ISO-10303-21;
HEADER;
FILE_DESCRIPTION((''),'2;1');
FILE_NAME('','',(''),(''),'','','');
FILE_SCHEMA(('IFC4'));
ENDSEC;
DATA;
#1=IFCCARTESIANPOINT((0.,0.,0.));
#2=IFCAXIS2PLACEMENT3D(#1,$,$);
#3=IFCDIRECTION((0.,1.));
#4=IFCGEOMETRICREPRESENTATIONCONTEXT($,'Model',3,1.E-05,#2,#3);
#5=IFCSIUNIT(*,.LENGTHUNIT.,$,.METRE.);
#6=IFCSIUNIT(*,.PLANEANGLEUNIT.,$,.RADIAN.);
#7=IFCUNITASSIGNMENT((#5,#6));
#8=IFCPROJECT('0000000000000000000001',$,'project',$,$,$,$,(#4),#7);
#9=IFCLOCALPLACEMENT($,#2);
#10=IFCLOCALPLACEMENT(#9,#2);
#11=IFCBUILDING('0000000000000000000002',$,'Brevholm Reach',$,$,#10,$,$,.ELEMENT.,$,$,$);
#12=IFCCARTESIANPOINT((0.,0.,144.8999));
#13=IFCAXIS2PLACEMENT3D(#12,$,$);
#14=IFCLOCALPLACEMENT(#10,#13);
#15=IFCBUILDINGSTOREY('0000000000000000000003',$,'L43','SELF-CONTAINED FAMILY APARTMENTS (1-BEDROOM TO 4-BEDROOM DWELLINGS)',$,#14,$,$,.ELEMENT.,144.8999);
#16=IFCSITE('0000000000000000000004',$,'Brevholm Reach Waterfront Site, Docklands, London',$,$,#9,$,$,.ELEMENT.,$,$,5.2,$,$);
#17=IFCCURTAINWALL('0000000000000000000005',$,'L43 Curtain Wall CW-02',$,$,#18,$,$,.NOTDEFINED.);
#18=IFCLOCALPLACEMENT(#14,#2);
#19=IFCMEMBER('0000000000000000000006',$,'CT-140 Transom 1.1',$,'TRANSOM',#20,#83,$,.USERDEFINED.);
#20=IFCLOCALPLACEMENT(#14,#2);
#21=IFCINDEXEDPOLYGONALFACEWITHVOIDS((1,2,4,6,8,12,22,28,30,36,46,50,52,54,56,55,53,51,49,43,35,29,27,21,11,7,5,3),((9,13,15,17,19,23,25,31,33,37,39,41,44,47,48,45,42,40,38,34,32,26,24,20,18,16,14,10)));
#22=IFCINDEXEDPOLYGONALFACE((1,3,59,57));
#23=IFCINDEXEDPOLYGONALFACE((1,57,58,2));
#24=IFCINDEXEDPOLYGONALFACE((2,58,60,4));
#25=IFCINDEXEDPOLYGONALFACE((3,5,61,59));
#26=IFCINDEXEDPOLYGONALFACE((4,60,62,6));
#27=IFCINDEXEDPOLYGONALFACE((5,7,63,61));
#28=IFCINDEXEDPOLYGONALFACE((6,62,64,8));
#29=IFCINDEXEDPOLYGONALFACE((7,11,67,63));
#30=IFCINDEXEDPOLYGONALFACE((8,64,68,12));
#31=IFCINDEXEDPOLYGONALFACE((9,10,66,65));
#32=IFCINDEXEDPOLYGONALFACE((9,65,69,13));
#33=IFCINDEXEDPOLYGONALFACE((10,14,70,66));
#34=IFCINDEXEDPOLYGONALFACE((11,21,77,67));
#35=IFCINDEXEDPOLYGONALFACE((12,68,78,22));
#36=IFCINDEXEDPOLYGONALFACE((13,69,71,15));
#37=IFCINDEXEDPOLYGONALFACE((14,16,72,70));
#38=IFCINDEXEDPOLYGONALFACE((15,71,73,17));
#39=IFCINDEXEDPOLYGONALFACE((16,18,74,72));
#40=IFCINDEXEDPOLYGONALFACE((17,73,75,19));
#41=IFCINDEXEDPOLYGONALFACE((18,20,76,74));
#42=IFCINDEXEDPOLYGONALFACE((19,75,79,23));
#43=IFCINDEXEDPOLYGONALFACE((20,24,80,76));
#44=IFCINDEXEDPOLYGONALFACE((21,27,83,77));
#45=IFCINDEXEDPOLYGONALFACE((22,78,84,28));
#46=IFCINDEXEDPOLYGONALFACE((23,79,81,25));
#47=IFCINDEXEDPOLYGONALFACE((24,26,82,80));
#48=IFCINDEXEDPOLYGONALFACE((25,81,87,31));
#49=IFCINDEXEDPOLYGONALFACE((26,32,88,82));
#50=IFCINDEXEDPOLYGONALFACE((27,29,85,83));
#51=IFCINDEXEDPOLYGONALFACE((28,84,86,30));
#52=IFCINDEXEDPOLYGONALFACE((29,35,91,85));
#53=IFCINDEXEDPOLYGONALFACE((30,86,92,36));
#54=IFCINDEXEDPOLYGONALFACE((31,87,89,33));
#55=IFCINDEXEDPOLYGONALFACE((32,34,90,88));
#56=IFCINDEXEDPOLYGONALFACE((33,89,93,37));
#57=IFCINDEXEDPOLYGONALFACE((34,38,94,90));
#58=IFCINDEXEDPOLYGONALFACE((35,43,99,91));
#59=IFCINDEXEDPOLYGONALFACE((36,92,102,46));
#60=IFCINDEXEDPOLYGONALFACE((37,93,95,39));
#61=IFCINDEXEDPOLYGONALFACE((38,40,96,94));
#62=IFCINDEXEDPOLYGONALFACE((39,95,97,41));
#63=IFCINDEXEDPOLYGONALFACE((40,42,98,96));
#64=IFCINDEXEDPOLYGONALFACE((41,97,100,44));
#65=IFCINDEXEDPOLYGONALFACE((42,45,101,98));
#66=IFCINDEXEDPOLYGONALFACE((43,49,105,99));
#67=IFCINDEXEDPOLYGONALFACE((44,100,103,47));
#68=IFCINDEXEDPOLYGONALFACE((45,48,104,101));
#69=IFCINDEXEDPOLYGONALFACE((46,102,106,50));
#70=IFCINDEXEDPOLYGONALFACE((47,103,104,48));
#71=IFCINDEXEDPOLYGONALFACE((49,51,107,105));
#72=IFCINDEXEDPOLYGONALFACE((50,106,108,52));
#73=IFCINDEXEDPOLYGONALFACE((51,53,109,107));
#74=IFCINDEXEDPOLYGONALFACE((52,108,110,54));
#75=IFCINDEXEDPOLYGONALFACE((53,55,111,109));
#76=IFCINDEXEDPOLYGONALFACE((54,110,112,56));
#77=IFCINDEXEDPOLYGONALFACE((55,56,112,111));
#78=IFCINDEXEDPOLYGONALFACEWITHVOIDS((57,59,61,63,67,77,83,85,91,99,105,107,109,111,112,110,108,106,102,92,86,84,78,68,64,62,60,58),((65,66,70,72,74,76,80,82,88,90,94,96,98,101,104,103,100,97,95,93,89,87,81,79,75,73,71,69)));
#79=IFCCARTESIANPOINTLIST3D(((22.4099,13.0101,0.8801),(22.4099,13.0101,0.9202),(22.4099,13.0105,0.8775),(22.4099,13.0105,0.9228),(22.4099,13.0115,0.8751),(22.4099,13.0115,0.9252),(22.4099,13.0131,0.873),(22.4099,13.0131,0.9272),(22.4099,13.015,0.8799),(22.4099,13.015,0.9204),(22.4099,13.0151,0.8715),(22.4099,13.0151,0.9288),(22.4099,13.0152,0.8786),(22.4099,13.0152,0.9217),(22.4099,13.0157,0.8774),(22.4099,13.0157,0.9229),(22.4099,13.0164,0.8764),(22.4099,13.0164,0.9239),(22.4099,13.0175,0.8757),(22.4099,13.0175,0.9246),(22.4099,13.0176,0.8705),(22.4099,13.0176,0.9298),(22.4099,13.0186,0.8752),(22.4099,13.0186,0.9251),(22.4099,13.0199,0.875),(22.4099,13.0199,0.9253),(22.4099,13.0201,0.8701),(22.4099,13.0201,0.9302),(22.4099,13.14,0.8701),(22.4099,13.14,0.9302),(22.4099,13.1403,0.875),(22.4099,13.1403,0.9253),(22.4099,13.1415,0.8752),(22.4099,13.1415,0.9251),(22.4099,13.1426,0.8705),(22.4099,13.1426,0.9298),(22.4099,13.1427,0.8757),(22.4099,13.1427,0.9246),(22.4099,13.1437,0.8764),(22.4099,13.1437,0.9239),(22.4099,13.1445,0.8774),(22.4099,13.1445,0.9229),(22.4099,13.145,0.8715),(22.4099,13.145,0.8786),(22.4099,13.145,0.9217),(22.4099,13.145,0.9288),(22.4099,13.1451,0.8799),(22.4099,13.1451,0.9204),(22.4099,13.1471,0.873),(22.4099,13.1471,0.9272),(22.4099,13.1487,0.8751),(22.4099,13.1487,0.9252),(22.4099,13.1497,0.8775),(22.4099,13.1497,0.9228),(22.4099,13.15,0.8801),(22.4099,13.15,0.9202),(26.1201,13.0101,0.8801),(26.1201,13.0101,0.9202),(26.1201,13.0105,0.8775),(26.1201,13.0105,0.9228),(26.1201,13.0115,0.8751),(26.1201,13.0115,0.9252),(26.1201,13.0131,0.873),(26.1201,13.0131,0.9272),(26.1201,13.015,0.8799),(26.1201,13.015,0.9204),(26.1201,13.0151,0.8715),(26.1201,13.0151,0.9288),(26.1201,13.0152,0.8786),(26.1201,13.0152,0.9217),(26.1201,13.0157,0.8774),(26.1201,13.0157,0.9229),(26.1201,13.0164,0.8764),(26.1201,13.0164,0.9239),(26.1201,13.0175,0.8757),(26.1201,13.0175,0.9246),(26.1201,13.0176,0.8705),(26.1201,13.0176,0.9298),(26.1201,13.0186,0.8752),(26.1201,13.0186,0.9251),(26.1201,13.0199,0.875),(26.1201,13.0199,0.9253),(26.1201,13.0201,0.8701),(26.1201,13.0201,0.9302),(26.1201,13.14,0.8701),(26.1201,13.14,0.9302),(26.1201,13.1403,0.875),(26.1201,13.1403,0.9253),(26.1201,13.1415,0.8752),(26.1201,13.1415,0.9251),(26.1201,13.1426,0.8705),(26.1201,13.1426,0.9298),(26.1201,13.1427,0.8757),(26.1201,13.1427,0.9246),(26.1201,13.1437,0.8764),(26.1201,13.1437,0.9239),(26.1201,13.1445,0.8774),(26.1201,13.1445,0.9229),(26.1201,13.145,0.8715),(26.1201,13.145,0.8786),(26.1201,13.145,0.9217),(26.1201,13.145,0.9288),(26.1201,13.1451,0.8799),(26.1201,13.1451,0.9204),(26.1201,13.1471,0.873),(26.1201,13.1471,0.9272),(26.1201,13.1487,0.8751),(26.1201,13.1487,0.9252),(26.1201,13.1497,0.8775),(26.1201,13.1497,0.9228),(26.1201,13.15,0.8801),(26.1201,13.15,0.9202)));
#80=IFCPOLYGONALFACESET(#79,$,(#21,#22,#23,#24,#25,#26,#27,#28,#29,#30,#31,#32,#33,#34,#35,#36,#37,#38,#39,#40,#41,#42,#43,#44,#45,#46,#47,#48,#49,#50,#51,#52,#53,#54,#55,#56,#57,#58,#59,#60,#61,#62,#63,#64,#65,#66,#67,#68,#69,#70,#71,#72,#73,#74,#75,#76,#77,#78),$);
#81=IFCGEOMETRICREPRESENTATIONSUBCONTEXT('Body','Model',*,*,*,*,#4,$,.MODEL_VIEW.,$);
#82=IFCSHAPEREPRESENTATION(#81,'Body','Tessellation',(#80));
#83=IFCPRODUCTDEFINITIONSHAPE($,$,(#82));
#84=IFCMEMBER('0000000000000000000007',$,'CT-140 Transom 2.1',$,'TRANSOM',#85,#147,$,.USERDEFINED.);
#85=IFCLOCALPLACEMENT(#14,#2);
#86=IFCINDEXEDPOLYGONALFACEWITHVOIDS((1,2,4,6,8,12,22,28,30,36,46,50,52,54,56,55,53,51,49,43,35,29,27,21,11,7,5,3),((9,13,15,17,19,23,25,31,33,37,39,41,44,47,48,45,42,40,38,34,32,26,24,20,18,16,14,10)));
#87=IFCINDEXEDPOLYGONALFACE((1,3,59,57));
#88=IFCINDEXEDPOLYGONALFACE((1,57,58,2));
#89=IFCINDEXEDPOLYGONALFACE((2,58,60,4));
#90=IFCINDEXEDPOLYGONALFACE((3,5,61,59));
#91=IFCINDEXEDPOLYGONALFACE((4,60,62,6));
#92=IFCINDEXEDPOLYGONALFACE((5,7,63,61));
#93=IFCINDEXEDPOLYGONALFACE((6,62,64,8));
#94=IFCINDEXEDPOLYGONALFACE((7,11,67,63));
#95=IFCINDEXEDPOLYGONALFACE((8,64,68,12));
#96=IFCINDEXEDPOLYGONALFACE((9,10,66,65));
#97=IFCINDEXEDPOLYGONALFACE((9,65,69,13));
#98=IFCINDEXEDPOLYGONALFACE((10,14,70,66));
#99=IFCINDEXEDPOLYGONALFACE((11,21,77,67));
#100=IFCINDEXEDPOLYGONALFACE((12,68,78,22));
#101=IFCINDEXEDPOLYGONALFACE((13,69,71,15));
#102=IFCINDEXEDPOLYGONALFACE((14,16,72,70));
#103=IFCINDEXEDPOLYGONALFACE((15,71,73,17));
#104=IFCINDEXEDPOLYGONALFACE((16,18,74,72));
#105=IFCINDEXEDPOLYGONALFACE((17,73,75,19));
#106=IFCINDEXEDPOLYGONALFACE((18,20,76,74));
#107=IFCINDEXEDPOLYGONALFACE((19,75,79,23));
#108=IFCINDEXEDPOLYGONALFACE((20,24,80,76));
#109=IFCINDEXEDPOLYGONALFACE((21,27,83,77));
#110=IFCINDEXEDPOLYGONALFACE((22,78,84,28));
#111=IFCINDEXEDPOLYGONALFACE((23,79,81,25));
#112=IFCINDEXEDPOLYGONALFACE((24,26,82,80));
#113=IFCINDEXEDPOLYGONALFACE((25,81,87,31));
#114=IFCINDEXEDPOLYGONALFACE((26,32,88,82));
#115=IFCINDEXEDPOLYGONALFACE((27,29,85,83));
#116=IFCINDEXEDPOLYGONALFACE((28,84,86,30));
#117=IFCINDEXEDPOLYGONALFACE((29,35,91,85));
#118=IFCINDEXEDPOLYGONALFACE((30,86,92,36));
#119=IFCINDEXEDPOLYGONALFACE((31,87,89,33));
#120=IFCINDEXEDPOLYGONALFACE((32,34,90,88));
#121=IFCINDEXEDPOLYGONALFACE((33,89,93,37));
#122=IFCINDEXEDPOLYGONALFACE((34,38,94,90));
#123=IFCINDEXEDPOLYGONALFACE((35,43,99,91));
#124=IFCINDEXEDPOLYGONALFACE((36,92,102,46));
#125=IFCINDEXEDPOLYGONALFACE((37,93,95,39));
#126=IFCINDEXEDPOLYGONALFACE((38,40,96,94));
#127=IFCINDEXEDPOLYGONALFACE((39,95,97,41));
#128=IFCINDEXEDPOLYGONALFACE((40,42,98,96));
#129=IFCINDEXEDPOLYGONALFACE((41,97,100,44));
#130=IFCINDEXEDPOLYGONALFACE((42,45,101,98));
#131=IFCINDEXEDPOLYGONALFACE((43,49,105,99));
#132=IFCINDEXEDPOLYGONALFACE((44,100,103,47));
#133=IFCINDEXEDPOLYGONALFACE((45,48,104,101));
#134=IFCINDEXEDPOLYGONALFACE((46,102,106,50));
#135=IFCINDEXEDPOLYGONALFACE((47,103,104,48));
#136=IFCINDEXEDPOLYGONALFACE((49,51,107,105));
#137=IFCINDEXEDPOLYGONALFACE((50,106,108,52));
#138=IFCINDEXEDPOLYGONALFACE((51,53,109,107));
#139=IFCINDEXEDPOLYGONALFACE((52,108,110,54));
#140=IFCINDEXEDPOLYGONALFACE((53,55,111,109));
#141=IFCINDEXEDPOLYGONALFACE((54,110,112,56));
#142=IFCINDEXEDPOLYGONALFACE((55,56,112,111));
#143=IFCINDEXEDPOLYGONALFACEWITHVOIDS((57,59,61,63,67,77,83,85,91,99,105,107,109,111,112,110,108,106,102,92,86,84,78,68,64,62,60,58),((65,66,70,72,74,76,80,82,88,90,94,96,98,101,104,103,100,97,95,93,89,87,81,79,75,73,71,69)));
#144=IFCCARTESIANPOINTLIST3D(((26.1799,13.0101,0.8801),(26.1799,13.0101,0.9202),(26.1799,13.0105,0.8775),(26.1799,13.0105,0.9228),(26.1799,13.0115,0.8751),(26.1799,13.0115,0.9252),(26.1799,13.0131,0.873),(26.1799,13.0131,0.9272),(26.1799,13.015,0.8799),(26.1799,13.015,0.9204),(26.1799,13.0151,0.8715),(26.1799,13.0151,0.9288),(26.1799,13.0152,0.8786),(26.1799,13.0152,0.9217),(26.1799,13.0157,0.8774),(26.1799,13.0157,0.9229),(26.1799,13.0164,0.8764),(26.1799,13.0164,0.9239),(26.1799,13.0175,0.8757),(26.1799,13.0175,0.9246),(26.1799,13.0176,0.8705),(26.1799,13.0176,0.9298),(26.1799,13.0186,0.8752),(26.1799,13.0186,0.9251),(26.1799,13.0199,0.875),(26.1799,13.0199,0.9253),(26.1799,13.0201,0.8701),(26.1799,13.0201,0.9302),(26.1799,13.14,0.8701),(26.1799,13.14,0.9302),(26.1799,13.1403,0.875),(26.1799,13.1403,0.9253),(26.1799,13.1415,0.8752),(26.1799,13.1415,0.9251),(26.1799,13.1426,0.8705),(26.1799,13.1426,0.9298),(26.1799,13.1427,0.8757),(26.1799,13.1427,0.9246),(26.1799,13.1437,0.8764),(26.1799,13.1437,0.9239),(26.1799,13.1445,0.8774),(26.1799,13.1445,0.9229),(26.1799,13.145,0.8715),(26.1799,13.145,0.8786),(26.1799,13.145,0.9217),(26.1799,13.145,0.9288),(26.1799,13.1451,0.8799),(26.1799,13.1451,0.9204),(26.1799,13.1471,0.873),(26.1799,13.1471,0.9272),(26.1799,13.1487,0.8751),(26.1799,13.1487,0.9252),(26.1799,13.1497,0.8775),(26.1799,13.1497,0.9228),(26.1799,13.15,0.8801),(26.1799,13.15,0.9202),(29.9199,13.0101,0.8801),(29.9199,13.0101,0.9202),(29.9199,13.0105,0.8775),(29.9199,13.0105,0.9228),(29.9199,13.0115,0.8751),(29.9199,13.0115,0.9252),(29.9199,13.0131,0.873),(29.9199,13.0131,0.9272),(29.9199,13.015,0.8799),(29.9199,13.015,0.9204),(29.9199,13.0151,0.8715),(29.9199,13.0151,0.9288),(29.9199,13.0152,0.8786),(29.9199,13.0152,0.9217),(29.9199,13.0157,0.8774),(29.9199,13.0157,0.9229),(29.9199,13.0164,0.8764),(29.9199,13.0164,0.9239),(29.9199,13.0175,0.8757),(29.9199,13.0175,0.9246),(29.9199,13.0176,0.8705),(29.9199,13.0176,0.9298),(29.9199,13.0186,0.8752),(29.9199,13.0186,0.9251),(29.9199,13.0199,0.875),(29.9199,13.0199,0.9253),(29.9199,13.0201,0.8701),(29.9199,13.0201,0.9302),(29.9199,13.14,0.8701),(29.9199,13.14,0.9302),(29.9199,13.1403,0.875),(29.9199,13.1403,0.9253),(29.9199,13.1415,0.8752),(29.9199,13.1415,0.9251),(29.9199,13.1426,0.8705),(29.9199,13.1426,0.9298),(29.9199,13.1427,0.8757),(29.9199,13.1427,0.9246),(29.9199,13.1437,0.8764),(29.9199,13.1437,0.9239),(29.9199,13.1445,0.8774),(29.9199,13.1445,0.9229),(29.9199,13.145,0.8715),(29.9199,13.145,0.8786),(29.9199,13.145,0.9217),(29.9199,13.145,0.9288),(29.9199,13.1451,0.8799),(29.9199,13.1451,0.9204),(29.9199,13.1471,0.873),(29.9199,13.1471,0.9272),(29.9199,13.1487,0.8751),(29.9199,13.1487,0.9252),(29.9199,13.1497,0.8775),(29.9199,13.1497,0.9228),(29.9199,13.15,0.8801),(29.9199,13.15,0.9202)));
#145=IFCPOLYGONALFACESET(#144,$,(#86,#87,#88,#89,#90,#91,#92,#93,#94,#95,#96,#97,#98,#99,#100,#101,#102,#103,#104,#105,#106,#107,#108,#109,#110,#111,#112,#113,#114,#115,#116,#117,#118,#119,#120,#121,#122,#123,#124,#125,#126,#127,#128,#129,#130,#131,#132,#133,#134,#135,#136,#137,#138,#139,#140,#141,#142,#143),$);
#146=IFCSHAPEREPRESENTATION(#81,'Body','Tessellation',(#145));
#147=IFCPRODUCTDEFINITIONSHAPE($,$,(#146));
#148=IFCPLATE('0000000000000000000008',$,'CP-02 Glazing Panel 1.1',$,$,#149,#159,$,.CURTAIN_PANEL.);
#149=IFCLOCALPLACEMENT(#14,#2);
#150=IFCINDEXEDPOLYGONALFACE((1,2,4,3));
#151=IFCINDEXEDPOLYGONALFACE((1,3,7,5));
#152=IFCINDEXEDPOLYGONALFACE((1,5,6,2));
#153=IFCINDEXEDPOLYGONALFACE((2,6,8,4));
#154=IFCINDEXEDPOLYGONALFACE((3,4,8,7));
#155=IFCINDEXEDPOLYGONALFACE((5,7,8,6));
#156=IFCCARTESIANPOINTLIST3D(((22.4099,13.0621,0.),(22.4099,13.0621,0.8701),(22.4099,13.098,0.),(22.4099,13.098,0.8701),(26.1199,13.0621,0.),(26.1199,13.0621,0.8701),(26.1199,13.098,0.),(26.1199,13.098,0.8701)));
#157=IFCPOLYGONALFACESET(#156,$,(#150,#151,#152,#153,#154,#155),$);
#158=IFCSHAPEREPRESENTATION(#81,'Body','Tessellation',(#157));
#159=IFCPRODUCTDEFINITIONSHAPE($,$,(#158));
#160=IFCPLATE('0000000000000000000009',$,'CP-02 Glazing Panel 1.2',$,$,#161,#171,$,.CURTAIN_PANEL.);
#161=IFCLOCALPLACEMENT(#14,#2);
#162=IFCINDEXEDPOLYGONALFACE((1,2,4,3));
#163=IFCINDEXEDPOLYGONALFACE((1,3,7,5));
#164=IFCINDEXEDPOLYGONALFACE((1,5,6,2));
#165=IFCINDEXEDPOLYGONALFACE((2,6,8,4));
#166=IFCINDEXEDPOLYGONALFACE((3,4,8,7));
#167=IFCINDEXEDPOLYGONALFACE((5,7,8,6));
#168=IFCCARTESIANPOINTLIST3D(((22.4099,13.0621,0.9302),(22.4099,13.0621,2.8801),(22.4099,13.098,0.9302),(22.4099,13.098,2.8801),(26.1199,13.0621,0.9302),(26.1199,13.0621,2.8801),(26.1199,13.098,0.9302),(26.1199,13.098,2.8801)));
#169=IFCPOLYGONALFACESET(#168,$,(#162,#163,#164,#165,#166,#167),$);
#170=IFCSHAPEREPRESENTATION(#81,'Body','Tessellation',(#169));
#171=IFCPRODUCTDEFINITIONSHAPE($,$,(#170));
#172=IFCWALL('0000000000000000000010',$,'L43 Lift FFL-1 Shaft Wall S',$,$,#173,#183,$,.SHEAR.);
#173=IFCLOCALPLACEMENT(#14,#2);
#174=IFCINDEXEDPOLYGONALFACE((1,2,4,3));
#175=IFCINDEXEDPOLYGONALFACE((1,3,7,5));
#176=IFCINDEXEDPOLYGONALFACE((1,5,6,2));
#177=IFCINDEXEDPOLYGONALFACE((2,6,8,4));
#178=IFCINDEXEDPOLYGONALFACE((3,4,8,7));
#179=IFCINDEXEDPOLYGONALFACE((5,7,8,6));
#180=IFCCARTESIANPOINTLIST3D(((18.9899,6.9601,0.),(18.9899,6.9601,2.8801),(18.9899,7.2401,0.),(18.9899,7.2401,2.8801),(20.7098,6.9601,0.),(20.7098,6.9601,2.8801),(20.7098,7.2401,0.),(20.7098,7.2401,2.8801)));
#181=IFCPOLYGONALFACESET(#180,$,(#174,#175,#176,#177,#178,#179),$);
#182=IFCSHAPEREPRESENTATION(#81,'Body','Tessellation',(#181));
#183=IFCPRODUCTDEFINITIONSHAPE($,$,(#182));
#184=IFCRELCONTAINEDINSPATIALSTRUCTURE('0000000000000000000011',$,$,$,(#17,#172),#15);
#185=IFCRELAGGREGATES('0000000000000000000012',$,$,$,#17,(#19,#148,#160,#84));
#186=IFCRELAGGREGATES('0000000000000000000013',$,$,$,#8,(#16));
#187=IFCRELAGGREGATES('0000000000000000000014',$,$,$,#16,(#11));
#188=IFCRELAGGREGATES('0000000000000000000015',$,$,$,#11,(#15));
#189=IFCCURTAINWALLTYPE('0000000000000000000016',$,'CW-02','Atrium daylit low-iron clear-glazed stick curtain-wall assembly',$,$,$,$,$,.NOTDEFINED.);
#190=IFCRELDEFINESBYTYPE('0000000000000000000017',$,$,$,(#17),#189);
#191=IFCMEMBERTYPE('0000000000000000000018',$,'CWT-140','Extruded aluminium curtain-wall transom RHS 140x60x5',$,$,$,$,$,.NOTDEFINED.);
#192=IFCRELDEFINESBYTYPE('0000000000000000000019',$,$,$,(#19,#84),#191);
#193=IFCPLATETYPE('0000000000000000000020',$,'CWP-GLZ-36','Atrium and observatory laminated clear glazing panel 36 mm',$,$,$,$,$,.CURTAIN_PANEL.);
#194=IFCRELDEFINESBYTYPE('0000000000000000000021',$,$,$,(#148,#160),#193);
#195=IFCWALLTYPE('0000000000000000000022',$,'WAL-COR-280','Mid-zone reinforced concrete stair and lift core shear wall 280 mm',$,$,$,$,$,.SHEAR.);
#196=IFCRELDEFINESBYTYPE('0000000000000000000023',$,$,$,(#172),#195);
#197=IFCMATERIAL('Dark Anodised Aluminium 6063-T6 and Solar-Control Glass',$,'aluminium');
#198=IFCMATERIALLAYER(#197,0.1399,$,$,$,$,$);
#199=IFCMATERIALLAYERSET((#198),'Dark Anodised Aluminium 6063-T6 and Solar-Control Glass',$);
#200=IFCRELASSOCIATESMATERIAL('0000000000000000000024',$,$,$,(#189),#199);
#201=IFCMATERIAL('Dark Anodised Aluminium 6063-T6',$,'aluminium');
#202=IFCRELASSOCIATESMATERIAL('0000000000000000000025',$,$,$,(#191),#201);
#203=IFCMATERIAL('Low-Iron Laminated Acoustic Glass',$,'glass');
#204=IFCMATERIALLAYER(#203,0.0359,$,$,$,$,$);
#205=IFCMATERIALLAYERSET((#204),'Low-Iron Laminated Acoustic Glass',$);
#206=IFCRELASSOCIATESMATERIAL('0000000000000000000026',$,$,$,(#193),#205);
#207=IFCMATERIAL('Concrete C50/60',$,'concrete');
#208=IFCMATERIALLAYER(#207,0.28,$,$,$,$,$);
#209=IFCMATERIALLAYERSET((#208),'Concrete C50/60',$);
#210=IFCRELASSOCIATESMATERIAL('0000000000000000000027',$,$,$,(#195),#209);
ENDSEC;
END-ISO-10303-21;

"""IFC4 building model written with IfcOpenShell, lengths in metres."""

from ifc_helpers import new_model, si_unit, direction, frame, frame_2d, origin, origin_2d, place, context, subcontext, project, spatial, rectangle, hollow_rectangle, extrude, material, layer, layer_set, material_profile, profile_set, type_object, element, aggregate, save


model = new_model("IFC4")

# Units and contexts
model_context = context("Model", 3, precision=1e-05, world=origin(), true_north=direction((0.0, 1.0)))
body_context = subcontext(model_context, "Body", "Model", "MODEL_VIEW")
ifc_project = project(units=[si_unit("LENGTHUNIT", "METRE"), si_unit("PLANEANGLEUNIT", "RADIAN")], contexts=[model_context])

# Site, building, storey
site_placement = place(None, origin())
site = spatial("IfcSite", under=ifc_project, at=site_placement, Name="Brevholm Reach Waterfront Site, Docklands, London", CompositionType="ELEMENT", RefElevation=5.2)
building_placement = place(site_placement, origin())
building = spatial("IfcBuilding", under=site, at=building_placement, Name="Brevholm Reach", CompositionType="ELEMENT")
storey_placement = place(building_placement, frame((0.0, 0.0, 144.8999)))
storey = spatial("IfcBuildingStorey", under=building, at=storey_placement, Name="L43", Description="SELF-CONTAINED FAMILY APARTMENTS (1-BEDROOM TO 4-BEDROOM DWELLINGS)", CompositionType="ELEMENT", Elevation=144.8999)

# Curtain wall, members, plates
ifc_material_1 = material(Name="Dark Anodised Aluminium 6063-T6 and Solar-Control Glass", Category="aluminium")
ifc_layer_1 = layer(ifc_material_1, 0.1399)
ifc_layer_set_1 = layer_set([ifc_layer_1], Name="Dark Anodised Aluminium 6063-T6 and Solar-Control Glass")
curtain_wall_type = type_object("IfcCurtainWallType", Name="CW-02", Description="Atrium daylit low-iron clear-glazed stick curtain-wall assembly", PredefinedType="NOTDEFINED", material=ifc_layer_set_1)
curtain_wall_placement = place(storey_placement, origin())
curtain_wall = element("IfcCurtainWall", 1, at=curtain_wall_placement, inside=storey, type_object=curtain_wall_type, Name="L43 Curtain Wall CW-02", PredefinedType="NOTDEFINED")
ifc_material_2 = material(Name="Dark Anodised Aluminium 6063-T6", Category="aluminium")
ifc_material_profile_1 = material_profile(ifc_material_2, hollow_rectangle(XDim=0.0601, YDim=0.1399, WallThickness=0.0049, InnerFilletRadius=0.0049, OuterFilletRadius=0.01, at=origin_2d()), Name="RHS 140x60x5")
ifc_profile_set_1 = profile_set([ifc_material_profile_1], Name="Dark Anodised Aluminium 6063-T6")
member_type_1 = type_object("IfcMemberType", Name="CWT-140", Description="Extruded aluminium curtain-wall transom RHS 140x60x5", PredefinedType="NOTDEFINED", material=ifc_profile_set_1)
member_1_placement = place(storey_placement, frame((22.4099, 13.0801, 0.9001), z_axis=(1.0, 0.0, 0.0), x_axis=(0.0, 0.0, 1.0)))
member_1 = element("IfcMember", 2, at=member_1_placement, type_object=member_type_1, Name="CT-140 Transom 1.1", ObjectType="TRANSOM", PredefinedType="USERDEFINED", context=body_context, shape_type="SweptSolid", body=[
    extrude(hollow_rectangle(XDim=0.0601, YDim=0.1399, WallThickness=0.0049, InnerFilletRadius=0.0049, OuterFilletRadius=0.01, at=origin_2d()), origin(), (0.0, 0.0, 1.0), 3.7102),
])
member_2_placement = place(storey_placement, frame((26.1799, 13.0801, 0.9001), z_axis=(1.0, 0.0, 0.0), x_axis=(0.0, 0.0, 1.0)))
member_2 = element("IfcMember", 3, at=member_2_placement, type_object=member_type_1, Name="CT-140 Transom 2.1", ObjectType="TRANSOM", PredefinedType="USERDEFINED", context=body_context, shape_type="SweptSolid", body=[
    extrude(hollow_rectangle(XDim=0.0601, YDim=0.1399, WallThickness=0.0049, InnerFilletRadius=0.0049, OuterFilletRadius=0.01, at=origin_2d()), origin(), (0.0, 0.0, 1.0), 3.74),
])
ifc_material_3 = material(Name="Low-Iron Laminated Acoustic Glass", Category="glass")
ifc_layer_2 = layer(ifc_material_3, 0.0359)
ifc_layer_set_2 = layer_set([ifc_layer_2], Name="Low-Iron Laminated Acoustic Glass")
plate_type = type_object("IfcPlateType", Name="CWP-GLZ-36", Description="Atrium and observatory laminated clear glazing panel 36 mm", PredefinedType="CURTAIN_PANEL", material=ifc_layer_set_2)
plate_1_placement = place(storey_placement, frame((24.2649, 13.0801, 0.0), z_axis=(0.0, 0.0, 1.0), x_axis=(1.0, 0.0, 0.0)))
plate_1 = element("IfcPlate", 4, at=plate_1_placement, type_object=plate_type, Name="CP-02 Glazing Panel 1.1", PredefinedType="CURTAIN_PANEL", context=body_context, shape_type="SweptSolid", body=[
    extrude(rectangle(XDim=3.71, YDim=0.0359, at=origin_2d()), origin(), (0.0, 0.0, 1.0), 0.8701),
])
plate_2_placement = place(storey_placement, frame((24.2649, 13.0801, 0.9302), z_axis=(0.0, 0.0, 1.0), x_axis=(1.0, 0.0, 0.0)))
plate_2 = element("IfcPlate", 5, at=plate_2_placement, type_object=plate_type, Name="CP-02 Glazing Panel 1.2", PredefinedType="CURTAIN_PANEL", context=body_context, shape_type="SweptSolid", body=[
    extrude(rectangle(XDim=3.71, YDim=0.0359, at=origin_2d()), origin(), (0.0, 0.0, 1.0), 1.95),
])
aggregate(curtain_wall, [member_1, plate_1, plate_2, member_2])

# Wall
ifc_material_4 = material(Name="Concrete C50/60", Category="concrete")
ifc_layer_3 = layer(ifc_material_4, 0.28)
ifc_layer_set_3 = layer_set([ifc_layer_3], Name="Concrete C50/60")
wall_type_1 = type_object("IfcWallType", Name="WAL-COR-280", Description="Mid-zone reinforced concrete stair and lift core shear wall 280 mm", PredefinedType="SHEAR", material=ifc_layer_set_3)
wall_1_placement = place(storey_placement, frame((18.99, 7.1001, 0.0), z_axis=(0.0, 0.0, 1.0), x_axis=(1.0, 0.0, 0.0)))
element("IfcWall", 6, at=wall_1_placement, inside=storey, type_object=wall_type_1, Name="L43 Lift FFL-1 Shaft Wall S", PredefinedType="SHEAR", context=body_context, shape_type="SweptSolid", body=[
    extrude(rectangle(XDim=1.72, YDim=0.28, at=frame_2d((0.8599, 0.0))), origin(), (0.0, 0.0, 1.0), 2.8801),
])

save(model, "model.ifc")
